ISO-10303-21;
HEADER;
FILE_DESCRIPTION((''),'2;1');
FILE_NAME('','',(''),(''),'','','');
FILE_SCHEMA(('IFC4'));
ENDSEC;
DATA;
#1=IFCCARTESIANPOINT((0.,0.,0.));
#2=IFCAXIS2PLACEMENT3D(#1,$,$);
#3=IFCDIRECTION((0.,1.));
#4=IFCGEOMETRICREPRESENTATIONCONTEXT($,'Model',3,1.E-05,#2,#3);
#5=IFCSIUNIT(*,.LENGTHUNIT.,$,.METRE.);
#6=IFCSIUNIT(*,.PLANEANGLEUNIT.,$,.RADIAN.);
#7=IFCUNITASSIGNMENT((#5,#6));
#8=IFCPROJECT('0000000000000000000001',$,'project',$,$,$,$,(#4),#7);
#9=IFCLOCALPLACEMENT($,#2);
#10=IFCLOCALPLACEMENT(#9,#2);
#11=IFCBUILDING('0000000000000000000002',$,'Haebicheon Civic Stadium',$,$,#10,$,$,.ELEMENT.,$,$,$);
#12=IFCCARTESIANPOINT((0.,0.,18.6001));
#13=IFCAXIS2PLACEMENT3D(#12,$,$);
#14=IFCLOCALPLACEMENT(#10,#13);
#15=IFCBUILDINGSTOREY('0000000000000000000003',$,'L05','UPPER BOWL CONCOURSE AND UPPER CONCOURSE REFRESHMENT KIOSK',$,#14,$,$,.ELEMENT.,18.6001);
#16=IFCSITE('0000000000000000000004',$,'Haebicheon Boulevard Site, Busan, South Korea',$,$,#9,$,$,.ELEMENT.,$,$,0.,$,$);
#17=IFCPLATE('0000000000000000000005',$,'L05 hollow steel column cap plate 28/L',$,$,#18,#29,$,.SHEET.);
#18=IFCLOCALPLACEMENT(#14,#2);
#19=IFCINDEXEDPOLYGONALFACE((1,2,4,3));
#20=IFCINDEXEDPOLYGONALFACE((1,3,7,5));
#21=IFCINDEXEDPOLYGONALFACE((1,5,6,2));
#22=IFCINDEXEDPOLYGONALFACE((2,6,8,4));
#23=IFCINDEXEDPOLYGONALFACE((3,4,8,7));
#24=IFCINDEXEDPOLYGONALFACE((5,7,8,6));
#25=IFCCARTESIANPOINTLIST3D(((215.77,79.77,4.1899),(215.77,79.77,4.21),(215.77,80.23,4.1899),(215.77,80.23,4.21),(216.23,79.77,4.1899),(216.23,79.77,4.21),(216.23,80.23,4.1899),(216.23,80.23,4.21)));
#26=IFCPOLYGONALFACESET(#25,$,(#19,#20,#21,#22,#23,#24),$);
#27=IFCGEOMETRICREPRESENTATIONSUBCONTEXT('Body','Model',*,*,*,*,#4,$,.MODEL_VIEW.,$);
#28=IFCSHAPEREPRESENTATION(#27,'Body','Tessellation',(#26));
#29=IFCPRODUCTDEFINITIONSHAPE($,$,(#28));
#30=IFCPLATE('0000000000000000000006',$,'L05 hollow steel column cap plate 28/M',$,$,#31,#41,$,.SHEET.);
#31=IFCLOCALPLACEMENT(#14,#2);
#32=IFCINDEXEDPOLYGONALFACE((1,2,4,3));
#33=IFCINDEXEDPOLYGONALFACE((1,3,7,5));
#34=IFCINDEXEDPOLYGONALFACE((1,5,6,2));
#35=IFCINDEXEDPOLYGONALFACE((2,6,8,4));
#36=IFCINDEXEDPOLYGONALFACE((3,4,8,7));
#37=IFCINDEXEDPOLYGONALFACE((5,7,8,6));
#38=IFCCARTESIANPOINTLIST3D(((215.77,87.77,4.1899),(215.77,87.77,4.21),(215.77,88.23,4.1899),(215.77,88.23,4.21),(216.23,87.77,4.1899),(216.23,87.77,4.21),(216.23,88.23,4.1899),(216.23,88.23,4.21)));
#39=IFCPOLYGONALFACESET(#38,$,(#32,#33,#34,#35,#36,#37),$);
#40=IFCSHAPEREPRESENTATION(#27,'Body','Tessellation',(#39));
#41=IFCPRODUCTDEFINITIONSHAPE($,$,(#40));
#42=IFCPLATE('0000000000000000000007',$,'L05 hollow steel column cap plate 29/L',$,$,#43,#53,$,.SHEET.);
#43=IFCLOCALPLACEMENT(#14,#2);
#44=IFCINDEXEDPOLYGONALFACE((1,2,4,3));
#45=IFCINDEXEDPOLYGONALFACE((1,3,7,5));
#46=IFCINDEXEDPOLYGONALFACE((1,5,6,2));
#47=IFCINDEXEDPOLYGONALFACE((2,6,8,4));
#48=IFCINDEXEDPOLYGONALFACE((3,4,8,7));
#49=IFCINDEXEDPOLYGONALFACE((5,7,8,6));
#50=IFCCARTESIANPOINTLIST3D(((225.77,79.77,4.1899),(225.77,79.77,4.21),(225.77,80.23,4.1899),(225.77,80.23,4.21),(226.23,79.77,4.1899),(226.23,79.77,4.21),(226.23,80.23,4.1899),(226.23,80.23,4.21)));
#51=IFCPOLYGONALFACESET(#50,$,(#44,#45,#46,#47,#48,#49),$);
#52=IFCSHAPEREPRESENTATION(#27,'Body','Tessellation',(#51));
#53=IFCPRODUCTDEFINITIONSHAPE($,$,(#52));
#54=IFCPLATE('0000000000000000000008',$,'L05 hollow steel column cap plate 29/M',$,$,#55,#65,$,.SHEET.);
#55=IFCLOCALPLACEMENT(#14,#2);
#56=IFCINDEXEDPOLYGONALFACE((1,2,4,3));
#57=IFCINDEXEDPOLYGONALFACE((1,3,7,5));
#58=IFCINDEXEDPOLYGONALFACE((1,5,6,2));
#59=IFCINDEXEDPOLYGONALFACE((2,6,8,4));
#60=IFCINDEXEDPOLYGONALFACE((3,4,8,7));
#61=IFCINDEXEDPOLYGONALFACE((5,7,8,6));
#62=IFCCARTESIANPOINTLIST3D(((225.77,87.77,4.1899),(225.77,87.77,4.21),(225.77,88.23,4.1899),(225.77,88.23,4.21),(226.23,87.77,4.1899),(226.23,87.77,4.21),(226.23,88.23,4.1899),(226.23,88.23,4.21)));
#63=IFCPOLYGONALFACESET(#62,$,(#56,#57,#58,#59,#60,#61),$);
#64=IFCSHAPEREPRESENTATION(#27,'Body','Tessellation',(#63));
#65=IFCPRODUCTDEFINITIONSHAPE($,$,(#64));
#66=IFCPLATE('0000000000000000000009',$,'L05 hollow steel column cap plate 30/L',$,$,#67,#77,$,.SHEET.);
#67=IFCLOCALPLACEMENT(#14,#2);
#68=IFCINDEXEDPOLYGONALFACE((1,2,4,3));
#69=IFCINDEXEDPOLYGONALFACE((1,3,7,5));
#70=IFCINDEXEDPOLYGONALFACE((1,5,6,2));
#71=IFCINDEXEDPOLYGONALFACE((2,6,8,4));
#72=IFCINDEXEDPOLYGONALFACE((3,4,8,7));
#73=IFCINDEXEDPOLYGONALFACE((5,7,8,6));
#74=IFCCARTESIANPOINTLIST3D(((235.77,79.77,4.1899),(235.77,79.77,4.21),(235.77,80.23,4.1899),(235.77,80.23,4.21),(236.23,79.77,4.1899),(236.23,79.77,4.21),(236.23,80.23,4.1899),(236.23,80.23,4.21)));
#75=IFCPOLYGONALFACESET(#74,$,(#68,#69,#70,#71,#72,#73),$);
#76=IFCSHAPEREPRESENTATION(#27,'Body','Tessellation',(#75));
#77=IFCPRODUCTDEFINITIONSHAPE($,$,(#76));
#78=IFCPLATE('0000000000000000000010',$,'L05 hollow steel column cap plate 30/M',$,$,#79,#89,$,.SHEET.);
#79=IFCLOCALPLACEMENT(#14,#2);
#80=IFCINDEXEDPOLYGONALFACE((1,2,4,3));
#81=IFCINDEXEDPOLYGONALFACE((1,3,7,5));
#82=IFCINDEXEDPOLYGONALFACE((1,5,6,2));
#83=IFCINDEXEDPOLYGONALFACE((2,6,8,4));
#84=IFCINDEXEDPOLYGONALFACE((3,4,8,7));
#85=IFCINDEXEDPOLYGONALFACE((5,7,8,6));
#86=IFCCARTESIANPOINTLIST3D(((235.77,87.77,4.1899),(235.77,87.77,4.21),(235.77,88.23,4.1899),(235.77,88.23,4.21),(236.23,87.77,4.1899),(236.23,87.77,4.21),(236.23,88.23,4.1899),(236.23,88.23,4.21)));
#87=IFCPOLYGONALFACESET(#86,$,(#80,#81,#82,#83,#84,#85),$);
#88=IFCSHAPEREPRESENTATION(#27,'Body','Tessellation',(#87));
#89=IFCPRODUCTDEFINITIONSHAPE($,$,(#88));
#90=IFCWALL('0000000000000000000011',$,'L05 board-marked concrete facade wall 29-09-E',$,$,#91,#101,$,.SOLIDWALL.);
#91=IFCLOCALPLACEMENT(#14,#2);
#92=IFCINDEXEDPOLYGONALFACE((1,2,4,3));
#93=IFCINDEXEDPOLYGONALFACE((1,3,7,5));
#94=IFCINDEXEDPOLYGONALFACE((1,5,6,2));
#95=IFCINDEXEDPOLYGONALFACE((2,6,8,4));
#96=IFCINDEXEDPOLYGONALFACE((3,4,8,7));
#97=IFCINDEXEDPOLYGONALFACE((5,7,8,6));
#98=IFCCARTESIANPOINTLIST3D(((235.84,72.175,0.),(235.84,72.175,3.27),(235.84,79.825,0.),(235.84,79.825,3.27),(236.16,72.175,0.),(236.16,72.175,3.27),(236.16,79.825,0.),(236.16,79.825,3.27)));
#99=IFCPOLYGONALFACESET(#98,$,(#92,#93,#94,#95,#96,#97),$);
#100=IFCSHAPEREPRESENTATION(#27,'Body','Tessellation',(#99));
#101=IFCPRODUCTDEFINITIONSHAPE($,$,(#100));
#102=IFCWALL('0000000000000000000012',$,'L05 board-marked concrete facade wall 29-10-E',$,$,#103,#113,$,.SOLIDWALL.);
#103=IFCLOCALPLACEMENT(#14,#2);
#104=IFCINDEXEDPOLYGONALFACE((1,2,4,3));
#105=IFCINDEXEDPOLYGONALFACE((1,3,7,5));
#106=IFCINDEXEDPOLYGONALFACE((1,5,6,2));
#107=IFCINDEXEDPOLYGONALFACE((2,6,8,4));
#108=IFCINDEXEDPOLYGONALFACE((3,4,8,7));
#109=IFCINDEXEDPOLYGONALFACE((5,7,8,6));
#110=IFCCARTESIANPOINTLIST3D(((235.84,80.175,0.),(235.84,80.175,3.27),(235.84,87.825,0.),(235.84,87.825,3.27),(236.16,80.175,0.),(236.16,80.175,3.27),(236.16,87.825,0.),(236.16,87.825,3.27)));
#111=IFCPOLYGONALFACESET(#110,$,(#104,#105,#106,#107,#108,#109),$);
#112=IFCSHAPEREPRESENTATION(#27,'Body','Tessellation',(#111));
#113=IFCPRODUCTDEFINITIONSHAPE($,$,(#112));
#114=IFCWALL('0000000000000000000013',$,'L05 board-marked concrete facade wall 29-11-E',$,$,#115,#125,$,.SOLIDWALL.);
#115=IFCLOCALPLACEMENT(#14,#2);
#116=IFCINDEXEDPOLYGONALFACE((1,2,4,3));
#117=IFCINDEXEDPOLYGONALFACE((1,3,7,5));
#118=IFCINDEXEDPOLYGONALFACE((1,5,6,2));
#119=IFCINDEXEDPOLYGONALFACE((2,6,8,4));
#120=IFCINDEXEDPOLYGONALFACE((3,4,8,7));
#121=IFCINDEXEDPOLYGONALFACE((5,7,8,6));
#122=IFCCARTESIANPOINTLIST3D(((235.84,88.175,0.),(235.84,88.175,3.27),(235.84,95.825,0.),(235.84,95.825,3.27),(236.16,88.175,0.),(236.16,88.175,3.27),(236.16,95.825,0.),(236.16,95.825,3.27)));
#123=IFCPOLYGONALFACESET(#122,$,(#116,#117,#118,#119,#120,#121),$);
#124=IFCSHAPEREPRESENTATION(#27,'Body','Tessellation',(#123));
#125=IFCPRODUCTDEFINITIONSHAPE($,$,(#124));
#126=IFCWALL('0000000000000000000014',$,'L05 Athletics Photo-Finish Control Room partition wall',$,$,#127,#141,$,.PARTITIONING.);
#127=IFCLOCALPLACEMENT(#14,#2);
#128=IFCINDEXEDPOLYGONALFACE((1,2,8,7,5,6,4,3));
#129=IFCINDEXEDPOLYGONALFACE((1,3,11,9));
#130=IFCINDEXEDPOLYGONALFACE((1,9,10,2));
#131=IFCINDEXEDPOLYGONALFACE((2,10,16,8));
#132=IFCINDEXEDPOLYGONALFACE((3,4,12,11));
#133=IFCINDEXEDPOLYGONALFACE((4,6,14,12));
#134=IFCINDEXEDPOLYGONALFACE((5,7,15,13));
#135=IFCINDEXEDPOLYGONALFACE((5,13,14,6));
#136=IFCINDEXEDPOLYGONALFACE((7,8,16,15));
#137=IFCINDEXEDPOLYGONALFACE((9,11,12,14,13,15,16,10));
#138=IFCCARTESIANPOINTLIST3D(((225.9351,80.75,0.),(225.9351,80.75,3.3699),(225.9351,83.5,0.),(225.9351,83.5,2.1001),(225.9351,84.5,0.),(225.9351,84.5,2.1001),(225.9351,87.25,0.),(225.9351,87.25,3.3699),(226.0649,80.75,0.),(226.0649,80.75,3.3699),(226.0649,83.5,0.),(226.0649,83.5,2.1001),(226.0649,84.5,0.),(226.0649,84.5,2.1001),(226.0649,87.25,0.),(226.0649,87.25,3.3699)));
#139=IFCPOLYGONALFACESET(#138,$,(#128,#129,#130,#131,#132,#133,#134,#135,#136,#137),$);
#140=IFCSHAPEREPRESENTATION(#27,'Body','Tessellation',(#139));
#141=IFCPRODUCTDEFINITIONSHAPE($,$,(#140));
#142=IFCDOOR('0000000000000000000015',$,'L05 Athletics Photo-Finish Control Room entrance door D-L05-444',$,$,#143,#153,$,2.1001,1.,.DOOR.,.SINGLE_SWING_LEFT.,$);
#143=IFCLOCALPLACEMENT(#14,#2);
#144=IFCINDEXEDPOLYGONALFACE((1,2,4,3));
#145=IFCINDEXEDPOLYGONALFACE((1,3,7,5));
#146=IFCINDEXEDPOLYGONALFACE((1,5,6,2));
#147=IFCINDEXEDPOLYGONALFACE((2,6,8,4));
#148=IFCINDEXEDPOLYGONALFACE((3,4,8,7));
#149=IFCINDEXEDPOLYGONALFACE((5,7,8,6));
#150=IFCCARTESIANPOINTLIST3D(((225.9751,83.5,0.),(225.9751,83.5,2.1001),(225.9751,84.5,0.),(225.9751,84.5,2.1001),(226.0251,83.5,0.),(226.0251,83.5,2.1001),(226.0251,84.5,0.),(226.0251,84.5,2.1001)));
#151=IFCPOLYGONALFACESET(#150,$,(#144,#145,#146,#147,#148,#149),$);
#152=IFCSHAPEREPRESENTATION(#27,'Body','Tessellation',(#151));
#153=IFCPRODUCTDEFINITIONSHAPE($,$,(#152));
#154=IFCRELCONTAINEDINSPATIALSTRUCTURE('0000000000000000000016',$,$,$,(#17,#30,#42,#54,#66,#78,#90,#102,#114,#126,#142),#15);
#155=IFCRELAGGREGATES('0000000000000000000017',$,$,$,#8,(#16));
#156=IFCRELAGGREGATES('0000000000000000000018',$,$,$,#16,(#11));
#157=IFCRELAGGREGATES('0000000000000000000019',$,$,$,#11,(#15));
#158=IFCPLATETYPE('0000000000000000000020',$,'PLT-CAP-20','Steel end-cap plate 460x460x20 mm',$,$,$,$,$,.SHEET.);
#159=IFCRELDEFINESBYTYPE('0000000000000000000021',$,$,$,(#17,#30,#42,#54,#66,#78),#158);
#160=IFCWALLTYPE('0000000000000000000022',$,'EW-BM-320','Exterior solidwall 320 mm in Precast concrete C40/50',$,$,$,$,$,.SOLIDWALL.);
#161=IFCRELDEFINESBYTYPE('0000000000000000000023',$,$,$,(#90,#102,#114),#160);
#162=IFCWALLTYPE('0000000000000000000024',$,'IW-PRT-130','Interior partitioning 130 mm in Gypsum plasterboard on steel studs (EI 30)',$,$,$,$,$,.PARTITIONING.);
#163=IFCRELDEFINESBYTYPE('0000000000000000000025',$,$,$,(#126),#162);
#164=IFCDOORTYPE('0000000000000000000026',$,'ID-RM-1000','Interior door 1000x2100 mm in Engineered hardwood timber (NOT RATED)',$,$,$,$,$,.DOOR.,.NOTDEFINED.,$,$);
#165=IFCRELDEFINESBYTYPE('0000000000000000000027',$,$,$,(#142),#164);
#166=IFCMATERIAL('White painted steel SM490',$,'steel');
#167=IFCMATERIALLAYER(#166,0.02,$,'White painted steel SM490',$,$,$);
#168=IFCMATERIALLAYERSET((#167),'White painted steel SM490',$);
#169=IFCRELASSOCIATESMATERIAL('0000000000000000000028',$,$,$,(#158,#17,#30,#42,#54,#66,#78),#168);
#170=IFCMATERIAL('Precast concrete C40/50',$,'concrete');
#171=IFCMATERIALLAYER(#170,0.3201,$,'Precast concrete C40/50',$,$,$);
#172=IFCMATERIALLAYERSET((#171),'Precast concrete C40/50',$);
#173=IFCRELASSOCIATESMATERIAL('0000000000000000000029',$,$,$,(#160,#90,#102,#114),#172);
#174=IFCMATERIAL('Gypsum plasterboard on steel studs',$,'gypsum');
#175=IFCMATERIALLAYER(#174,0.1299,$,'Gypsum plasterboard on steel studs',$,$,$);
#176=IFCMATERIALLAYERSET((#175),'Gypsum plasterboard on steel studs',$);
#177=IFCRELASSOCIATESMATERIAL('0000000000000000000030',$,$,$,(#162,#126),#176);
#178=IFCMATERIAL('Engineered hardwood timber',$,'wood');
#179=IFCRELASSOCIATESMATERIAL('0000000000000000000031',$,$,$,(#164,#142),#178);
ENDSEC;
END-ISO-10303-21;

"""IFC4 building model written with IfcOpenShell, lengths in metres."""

from ifc_helpers import new_model, si_unit, direction, frame, frame_2d, origin, origin_2d, place, context, subcontext, project, spatial, rectangle, extrude, material, layer, layer_set, type_object, element, fill, save


model = new_model("IFC4")

# Units and contexts
model_context = context("Model", 3, precision=1e-05, world=origin(), true_north=direction((0.0, 1.0)))
body_context = subcontext(model_context, "Body", "Model", "MODEL_VIEW")
ifc_project = project(units=[si_unit("LENGTHUNIT", "METRE"), si_unit("PLANEANGLEUNIT", "RADIAN")], contexts=[model_context])

# Site, building, storey
site_placement = place(None, origin())
site = spatial("IfcSite", under=ifc_project, at=site_placement, Name="Haebicheon Boulevard Site, Busan, South Korea", CompositionType="ELEMENT", RefElevation=0.0)
building_placement = place(site_placement, origin())
building = spatial("IfcBuilding", under=site, at=building_placement, Name="Haebicheon Civic Stadium", CompositionType="ELEMENT")
storey_placement = place(building_placement, frame((0.0, 0.0, 18.6001)))
storey = spatial("IfcBuildingStorey", under=building, at=storey_placement, Name="L05", Description="UPPER BOWL CONCOURSE AND UPPER CONCOURSE REFRESHMENT KIOSK", CompositionType="ELEMENT", Elevation=18.6001)

# Plates
ifc_material_1 = material(Name="White painted steel SM490", Category="steel")
ifc_layer_1 = layer(ifc_material_1, 0.02, Name="White painted steel SM490")
ifc_layer_set_1 = layer_set([ifc_layer_1], Name="White painted steel SM490")
plate_type = type_object("IfcPlateType", Name="PLT-CAP-20", Description="Steel end-cap plate 460x460x20 mm", PredefinedType="SHEET", material=ifc_layer_set_1)
for number, where, z_axis, x_axis, name in (
    (1, (216.0, 80.0, 4.1899), (0.0, 0.0, 1.0), (1.0, 0.0, 0.0), "L05 hollow steel column cap plate 28/L"),
    (2, (216.0, 88.0, 4.1899), (0.0, 0.0, 1.0), (1.0, 0.0, 0.0), "L05 hollow steel column cap plate 28/M"),
    (3, (226.0, 80.0, 4.1899), (0.0, 0.0, 1.0), (1.0, 0.0, 0.0), "L05 hollow steel column cap plate 29/L"),
    (4, (226.0, 88.0, 4.1899), (0.0, 0.0, 1.0), (1.0, 0.0, 0.0), "L05 hollow steel column cap plate 29/M"),
    (5, (236.0, 80.0, 4.1899), (0.0, 0.0, 1.0), (1.0, 0.0, 0.0), "L05 hollow steel column cap plate 30/L"),
    (6, (236.0, 88.0, 4.1899), (0.0, 0.0, 1.0), (1.0, 0.0, 0.0), "L05 hollow steel column cap plate 30/M"),
):
    element("IfcPlate", number, at=place(storey_placement, frame(where, z_axis=z_axis, x_axis=x_axis)), inside=storey, type_object=plate_type, material=ifc_layer_set_1, Name=name, PredefinedType="SHEET", context=body_context, shape_type="SweptSolid", body=[
        extrude(rectangle(XDim=0.46, YDim=0.46, at=origin_2d()), origin(), (0.0, 0.0, 1.0), 0.02),
    ])

# Walls
ifc_material_2 = material(Name="Precast concrete C40/50", Category="concrete")
ifc_layer_2 = layer(ifc_material_2, 0.3201, Name="Precast concrete C40/50")
ifc_layer_set_2 = layer_set([ifc_layer_2], Name="Precast concrete C40/50")
wall_type_1 = type_object("IfcWallType", Name="EW-BM-320", Description="Exterior solidwall 320 mm in Precast concrete C40/50", PredefinedType="SOLIDWALL", material=ifc_layer_set_2)
for number, where, z_axis, x_axis, name in (
    (7, (236.0, 72.175, 0.0), (0.0, 0.0, 1.0), (0.0, 1.0, 0.0), "L05 board-marked concrete facade wall 29-09-E"),
    (8, (236.0, 80.175, 0.0), (0.0, 0.0, 1.0), (0.0, 1.0, 0.0), "L05 board-marked concrete facade wall 29-10-E"),
    (9, (236.0, 88.175, 0.0), (0.0, 0.0, 1.0), (0.0, 1.0, 0.0), "L05 board-marked concrete facade wall 29-11-E"),
):
    element("IfcWall", number, at=place(storey_placement, frame(where, z_axis=z_axis, x_axis=x_axis)), inside=storey, type_object=wall_type_1, material=ifc_layer_set_2, Name=name, PredefinedType="SOLIDWALL", context=body_context, shape_type="SweptSolid", body=[
        extrude(rectangle(XDim=7.6499, YDim=0.3201, at=frame_2d((3.825, 0.0))), origin(), (0.0, 0.0, 1.0), 3.27),
    ])

# Wall, opening, door
ifc_material_3 = material(Name="Gypsum plasterboard on steel studs", Category="gypsum")
ifc_layer_3 = layer(ifc_material_3, 0.1299, Name="Gypsum plasterboard on steel studs")
ifc_layer_set_3 = layer_set([ifc_layer_3], Name="Gypsum plasterboard on steel studs")
wall_type_2 = type_object("IfcWallType", Name="IW-PRT-130", Description="Interior partitioning 130 mm in Gypsum plasterboard on steel studs (EI 30)", PredefinedType="PARTITIONING", material=ifc_layer_set_3)
wall_placement = place(storey_placement, frame((226.0, 80.75, 0.0), z_axis=(0.0, 0.0, 1.0), x_axis=(0.0, 1.0, 0.0)))
wall = element("IfcWall", 10, at=wall_placement, inside=storey, type_object=wall_type_2, material=ifc_layer_set_3, Name="L05 Athletics Photo-Finish Control Room partition wall", PredefinedType="PARTITIONING", context=body_context, shape_type="SweptSolid", body=[
    extrude(rectangle(XDim=6.5, YDim=0.1299, at=frame_2d((3.25, 0.0))), origin(), (0.0, 0.0, 1.0), 3.3699),
])
opening_placement = place(wall_placement, frame((2.75, 0.0, 0.0)))
opening = element("IfcOpeningElement", 11, at=opening_placement, cuts=wall, PredefinedType="OPENING", context=body_context, shape_type="SweptSolid", body=[
    extrude(rectangle(XDim=1.0, YDim=2.1001, at=frame_2d((0.5, 1.05))), frame((0.0, 0.075, 0.0), z_axis=(0.0, -1.0, 0.0), x_axis=(1.0, 0.0, 0.0)), (0.0, 0.0, 1.0), 0.1499),
])
ifc_material_4 = material(Name="Engineered hardwood timber", Category="wood")
door_type = type_object("IfcDoorType", Name="ID-RM-1000", Description="Interior door 1000x2100 mm in Engineered hardwood timber (NOT RATED)", OperationType="NOTDEFINED", PredefinedType="DOOR", material=ifc_material_4)
door_placement = place(opening_placement, origin())
door = element("IfcDoor", 12, at=door_placement, inside=storey, type_object=door_type, material=ifc_material_4, Name="L05 Athletics Photo-Finish Control Room entrance door D-L05-444", OperationType="SINGLE_SWING_LEFT", OverallHeight=2.1001, OverallWidth=1.0, PredefinedType="DOOR", context=body_context, shape_type="SweptSolid", body=[
    extrude(rectangle(XDim=1.0, YDim=2.1001, at=frame_2d((0.5, 1.05))), frame((0.0, 0.0249, 0.0), z_axis=(0.0, -1.0, 0.0), x_axis=(1.0, 0.0, 0.0)), (0.0, 0.0, 1.0), 0.05),
])
fill(opening, door)

save(model, "model.ifc")
